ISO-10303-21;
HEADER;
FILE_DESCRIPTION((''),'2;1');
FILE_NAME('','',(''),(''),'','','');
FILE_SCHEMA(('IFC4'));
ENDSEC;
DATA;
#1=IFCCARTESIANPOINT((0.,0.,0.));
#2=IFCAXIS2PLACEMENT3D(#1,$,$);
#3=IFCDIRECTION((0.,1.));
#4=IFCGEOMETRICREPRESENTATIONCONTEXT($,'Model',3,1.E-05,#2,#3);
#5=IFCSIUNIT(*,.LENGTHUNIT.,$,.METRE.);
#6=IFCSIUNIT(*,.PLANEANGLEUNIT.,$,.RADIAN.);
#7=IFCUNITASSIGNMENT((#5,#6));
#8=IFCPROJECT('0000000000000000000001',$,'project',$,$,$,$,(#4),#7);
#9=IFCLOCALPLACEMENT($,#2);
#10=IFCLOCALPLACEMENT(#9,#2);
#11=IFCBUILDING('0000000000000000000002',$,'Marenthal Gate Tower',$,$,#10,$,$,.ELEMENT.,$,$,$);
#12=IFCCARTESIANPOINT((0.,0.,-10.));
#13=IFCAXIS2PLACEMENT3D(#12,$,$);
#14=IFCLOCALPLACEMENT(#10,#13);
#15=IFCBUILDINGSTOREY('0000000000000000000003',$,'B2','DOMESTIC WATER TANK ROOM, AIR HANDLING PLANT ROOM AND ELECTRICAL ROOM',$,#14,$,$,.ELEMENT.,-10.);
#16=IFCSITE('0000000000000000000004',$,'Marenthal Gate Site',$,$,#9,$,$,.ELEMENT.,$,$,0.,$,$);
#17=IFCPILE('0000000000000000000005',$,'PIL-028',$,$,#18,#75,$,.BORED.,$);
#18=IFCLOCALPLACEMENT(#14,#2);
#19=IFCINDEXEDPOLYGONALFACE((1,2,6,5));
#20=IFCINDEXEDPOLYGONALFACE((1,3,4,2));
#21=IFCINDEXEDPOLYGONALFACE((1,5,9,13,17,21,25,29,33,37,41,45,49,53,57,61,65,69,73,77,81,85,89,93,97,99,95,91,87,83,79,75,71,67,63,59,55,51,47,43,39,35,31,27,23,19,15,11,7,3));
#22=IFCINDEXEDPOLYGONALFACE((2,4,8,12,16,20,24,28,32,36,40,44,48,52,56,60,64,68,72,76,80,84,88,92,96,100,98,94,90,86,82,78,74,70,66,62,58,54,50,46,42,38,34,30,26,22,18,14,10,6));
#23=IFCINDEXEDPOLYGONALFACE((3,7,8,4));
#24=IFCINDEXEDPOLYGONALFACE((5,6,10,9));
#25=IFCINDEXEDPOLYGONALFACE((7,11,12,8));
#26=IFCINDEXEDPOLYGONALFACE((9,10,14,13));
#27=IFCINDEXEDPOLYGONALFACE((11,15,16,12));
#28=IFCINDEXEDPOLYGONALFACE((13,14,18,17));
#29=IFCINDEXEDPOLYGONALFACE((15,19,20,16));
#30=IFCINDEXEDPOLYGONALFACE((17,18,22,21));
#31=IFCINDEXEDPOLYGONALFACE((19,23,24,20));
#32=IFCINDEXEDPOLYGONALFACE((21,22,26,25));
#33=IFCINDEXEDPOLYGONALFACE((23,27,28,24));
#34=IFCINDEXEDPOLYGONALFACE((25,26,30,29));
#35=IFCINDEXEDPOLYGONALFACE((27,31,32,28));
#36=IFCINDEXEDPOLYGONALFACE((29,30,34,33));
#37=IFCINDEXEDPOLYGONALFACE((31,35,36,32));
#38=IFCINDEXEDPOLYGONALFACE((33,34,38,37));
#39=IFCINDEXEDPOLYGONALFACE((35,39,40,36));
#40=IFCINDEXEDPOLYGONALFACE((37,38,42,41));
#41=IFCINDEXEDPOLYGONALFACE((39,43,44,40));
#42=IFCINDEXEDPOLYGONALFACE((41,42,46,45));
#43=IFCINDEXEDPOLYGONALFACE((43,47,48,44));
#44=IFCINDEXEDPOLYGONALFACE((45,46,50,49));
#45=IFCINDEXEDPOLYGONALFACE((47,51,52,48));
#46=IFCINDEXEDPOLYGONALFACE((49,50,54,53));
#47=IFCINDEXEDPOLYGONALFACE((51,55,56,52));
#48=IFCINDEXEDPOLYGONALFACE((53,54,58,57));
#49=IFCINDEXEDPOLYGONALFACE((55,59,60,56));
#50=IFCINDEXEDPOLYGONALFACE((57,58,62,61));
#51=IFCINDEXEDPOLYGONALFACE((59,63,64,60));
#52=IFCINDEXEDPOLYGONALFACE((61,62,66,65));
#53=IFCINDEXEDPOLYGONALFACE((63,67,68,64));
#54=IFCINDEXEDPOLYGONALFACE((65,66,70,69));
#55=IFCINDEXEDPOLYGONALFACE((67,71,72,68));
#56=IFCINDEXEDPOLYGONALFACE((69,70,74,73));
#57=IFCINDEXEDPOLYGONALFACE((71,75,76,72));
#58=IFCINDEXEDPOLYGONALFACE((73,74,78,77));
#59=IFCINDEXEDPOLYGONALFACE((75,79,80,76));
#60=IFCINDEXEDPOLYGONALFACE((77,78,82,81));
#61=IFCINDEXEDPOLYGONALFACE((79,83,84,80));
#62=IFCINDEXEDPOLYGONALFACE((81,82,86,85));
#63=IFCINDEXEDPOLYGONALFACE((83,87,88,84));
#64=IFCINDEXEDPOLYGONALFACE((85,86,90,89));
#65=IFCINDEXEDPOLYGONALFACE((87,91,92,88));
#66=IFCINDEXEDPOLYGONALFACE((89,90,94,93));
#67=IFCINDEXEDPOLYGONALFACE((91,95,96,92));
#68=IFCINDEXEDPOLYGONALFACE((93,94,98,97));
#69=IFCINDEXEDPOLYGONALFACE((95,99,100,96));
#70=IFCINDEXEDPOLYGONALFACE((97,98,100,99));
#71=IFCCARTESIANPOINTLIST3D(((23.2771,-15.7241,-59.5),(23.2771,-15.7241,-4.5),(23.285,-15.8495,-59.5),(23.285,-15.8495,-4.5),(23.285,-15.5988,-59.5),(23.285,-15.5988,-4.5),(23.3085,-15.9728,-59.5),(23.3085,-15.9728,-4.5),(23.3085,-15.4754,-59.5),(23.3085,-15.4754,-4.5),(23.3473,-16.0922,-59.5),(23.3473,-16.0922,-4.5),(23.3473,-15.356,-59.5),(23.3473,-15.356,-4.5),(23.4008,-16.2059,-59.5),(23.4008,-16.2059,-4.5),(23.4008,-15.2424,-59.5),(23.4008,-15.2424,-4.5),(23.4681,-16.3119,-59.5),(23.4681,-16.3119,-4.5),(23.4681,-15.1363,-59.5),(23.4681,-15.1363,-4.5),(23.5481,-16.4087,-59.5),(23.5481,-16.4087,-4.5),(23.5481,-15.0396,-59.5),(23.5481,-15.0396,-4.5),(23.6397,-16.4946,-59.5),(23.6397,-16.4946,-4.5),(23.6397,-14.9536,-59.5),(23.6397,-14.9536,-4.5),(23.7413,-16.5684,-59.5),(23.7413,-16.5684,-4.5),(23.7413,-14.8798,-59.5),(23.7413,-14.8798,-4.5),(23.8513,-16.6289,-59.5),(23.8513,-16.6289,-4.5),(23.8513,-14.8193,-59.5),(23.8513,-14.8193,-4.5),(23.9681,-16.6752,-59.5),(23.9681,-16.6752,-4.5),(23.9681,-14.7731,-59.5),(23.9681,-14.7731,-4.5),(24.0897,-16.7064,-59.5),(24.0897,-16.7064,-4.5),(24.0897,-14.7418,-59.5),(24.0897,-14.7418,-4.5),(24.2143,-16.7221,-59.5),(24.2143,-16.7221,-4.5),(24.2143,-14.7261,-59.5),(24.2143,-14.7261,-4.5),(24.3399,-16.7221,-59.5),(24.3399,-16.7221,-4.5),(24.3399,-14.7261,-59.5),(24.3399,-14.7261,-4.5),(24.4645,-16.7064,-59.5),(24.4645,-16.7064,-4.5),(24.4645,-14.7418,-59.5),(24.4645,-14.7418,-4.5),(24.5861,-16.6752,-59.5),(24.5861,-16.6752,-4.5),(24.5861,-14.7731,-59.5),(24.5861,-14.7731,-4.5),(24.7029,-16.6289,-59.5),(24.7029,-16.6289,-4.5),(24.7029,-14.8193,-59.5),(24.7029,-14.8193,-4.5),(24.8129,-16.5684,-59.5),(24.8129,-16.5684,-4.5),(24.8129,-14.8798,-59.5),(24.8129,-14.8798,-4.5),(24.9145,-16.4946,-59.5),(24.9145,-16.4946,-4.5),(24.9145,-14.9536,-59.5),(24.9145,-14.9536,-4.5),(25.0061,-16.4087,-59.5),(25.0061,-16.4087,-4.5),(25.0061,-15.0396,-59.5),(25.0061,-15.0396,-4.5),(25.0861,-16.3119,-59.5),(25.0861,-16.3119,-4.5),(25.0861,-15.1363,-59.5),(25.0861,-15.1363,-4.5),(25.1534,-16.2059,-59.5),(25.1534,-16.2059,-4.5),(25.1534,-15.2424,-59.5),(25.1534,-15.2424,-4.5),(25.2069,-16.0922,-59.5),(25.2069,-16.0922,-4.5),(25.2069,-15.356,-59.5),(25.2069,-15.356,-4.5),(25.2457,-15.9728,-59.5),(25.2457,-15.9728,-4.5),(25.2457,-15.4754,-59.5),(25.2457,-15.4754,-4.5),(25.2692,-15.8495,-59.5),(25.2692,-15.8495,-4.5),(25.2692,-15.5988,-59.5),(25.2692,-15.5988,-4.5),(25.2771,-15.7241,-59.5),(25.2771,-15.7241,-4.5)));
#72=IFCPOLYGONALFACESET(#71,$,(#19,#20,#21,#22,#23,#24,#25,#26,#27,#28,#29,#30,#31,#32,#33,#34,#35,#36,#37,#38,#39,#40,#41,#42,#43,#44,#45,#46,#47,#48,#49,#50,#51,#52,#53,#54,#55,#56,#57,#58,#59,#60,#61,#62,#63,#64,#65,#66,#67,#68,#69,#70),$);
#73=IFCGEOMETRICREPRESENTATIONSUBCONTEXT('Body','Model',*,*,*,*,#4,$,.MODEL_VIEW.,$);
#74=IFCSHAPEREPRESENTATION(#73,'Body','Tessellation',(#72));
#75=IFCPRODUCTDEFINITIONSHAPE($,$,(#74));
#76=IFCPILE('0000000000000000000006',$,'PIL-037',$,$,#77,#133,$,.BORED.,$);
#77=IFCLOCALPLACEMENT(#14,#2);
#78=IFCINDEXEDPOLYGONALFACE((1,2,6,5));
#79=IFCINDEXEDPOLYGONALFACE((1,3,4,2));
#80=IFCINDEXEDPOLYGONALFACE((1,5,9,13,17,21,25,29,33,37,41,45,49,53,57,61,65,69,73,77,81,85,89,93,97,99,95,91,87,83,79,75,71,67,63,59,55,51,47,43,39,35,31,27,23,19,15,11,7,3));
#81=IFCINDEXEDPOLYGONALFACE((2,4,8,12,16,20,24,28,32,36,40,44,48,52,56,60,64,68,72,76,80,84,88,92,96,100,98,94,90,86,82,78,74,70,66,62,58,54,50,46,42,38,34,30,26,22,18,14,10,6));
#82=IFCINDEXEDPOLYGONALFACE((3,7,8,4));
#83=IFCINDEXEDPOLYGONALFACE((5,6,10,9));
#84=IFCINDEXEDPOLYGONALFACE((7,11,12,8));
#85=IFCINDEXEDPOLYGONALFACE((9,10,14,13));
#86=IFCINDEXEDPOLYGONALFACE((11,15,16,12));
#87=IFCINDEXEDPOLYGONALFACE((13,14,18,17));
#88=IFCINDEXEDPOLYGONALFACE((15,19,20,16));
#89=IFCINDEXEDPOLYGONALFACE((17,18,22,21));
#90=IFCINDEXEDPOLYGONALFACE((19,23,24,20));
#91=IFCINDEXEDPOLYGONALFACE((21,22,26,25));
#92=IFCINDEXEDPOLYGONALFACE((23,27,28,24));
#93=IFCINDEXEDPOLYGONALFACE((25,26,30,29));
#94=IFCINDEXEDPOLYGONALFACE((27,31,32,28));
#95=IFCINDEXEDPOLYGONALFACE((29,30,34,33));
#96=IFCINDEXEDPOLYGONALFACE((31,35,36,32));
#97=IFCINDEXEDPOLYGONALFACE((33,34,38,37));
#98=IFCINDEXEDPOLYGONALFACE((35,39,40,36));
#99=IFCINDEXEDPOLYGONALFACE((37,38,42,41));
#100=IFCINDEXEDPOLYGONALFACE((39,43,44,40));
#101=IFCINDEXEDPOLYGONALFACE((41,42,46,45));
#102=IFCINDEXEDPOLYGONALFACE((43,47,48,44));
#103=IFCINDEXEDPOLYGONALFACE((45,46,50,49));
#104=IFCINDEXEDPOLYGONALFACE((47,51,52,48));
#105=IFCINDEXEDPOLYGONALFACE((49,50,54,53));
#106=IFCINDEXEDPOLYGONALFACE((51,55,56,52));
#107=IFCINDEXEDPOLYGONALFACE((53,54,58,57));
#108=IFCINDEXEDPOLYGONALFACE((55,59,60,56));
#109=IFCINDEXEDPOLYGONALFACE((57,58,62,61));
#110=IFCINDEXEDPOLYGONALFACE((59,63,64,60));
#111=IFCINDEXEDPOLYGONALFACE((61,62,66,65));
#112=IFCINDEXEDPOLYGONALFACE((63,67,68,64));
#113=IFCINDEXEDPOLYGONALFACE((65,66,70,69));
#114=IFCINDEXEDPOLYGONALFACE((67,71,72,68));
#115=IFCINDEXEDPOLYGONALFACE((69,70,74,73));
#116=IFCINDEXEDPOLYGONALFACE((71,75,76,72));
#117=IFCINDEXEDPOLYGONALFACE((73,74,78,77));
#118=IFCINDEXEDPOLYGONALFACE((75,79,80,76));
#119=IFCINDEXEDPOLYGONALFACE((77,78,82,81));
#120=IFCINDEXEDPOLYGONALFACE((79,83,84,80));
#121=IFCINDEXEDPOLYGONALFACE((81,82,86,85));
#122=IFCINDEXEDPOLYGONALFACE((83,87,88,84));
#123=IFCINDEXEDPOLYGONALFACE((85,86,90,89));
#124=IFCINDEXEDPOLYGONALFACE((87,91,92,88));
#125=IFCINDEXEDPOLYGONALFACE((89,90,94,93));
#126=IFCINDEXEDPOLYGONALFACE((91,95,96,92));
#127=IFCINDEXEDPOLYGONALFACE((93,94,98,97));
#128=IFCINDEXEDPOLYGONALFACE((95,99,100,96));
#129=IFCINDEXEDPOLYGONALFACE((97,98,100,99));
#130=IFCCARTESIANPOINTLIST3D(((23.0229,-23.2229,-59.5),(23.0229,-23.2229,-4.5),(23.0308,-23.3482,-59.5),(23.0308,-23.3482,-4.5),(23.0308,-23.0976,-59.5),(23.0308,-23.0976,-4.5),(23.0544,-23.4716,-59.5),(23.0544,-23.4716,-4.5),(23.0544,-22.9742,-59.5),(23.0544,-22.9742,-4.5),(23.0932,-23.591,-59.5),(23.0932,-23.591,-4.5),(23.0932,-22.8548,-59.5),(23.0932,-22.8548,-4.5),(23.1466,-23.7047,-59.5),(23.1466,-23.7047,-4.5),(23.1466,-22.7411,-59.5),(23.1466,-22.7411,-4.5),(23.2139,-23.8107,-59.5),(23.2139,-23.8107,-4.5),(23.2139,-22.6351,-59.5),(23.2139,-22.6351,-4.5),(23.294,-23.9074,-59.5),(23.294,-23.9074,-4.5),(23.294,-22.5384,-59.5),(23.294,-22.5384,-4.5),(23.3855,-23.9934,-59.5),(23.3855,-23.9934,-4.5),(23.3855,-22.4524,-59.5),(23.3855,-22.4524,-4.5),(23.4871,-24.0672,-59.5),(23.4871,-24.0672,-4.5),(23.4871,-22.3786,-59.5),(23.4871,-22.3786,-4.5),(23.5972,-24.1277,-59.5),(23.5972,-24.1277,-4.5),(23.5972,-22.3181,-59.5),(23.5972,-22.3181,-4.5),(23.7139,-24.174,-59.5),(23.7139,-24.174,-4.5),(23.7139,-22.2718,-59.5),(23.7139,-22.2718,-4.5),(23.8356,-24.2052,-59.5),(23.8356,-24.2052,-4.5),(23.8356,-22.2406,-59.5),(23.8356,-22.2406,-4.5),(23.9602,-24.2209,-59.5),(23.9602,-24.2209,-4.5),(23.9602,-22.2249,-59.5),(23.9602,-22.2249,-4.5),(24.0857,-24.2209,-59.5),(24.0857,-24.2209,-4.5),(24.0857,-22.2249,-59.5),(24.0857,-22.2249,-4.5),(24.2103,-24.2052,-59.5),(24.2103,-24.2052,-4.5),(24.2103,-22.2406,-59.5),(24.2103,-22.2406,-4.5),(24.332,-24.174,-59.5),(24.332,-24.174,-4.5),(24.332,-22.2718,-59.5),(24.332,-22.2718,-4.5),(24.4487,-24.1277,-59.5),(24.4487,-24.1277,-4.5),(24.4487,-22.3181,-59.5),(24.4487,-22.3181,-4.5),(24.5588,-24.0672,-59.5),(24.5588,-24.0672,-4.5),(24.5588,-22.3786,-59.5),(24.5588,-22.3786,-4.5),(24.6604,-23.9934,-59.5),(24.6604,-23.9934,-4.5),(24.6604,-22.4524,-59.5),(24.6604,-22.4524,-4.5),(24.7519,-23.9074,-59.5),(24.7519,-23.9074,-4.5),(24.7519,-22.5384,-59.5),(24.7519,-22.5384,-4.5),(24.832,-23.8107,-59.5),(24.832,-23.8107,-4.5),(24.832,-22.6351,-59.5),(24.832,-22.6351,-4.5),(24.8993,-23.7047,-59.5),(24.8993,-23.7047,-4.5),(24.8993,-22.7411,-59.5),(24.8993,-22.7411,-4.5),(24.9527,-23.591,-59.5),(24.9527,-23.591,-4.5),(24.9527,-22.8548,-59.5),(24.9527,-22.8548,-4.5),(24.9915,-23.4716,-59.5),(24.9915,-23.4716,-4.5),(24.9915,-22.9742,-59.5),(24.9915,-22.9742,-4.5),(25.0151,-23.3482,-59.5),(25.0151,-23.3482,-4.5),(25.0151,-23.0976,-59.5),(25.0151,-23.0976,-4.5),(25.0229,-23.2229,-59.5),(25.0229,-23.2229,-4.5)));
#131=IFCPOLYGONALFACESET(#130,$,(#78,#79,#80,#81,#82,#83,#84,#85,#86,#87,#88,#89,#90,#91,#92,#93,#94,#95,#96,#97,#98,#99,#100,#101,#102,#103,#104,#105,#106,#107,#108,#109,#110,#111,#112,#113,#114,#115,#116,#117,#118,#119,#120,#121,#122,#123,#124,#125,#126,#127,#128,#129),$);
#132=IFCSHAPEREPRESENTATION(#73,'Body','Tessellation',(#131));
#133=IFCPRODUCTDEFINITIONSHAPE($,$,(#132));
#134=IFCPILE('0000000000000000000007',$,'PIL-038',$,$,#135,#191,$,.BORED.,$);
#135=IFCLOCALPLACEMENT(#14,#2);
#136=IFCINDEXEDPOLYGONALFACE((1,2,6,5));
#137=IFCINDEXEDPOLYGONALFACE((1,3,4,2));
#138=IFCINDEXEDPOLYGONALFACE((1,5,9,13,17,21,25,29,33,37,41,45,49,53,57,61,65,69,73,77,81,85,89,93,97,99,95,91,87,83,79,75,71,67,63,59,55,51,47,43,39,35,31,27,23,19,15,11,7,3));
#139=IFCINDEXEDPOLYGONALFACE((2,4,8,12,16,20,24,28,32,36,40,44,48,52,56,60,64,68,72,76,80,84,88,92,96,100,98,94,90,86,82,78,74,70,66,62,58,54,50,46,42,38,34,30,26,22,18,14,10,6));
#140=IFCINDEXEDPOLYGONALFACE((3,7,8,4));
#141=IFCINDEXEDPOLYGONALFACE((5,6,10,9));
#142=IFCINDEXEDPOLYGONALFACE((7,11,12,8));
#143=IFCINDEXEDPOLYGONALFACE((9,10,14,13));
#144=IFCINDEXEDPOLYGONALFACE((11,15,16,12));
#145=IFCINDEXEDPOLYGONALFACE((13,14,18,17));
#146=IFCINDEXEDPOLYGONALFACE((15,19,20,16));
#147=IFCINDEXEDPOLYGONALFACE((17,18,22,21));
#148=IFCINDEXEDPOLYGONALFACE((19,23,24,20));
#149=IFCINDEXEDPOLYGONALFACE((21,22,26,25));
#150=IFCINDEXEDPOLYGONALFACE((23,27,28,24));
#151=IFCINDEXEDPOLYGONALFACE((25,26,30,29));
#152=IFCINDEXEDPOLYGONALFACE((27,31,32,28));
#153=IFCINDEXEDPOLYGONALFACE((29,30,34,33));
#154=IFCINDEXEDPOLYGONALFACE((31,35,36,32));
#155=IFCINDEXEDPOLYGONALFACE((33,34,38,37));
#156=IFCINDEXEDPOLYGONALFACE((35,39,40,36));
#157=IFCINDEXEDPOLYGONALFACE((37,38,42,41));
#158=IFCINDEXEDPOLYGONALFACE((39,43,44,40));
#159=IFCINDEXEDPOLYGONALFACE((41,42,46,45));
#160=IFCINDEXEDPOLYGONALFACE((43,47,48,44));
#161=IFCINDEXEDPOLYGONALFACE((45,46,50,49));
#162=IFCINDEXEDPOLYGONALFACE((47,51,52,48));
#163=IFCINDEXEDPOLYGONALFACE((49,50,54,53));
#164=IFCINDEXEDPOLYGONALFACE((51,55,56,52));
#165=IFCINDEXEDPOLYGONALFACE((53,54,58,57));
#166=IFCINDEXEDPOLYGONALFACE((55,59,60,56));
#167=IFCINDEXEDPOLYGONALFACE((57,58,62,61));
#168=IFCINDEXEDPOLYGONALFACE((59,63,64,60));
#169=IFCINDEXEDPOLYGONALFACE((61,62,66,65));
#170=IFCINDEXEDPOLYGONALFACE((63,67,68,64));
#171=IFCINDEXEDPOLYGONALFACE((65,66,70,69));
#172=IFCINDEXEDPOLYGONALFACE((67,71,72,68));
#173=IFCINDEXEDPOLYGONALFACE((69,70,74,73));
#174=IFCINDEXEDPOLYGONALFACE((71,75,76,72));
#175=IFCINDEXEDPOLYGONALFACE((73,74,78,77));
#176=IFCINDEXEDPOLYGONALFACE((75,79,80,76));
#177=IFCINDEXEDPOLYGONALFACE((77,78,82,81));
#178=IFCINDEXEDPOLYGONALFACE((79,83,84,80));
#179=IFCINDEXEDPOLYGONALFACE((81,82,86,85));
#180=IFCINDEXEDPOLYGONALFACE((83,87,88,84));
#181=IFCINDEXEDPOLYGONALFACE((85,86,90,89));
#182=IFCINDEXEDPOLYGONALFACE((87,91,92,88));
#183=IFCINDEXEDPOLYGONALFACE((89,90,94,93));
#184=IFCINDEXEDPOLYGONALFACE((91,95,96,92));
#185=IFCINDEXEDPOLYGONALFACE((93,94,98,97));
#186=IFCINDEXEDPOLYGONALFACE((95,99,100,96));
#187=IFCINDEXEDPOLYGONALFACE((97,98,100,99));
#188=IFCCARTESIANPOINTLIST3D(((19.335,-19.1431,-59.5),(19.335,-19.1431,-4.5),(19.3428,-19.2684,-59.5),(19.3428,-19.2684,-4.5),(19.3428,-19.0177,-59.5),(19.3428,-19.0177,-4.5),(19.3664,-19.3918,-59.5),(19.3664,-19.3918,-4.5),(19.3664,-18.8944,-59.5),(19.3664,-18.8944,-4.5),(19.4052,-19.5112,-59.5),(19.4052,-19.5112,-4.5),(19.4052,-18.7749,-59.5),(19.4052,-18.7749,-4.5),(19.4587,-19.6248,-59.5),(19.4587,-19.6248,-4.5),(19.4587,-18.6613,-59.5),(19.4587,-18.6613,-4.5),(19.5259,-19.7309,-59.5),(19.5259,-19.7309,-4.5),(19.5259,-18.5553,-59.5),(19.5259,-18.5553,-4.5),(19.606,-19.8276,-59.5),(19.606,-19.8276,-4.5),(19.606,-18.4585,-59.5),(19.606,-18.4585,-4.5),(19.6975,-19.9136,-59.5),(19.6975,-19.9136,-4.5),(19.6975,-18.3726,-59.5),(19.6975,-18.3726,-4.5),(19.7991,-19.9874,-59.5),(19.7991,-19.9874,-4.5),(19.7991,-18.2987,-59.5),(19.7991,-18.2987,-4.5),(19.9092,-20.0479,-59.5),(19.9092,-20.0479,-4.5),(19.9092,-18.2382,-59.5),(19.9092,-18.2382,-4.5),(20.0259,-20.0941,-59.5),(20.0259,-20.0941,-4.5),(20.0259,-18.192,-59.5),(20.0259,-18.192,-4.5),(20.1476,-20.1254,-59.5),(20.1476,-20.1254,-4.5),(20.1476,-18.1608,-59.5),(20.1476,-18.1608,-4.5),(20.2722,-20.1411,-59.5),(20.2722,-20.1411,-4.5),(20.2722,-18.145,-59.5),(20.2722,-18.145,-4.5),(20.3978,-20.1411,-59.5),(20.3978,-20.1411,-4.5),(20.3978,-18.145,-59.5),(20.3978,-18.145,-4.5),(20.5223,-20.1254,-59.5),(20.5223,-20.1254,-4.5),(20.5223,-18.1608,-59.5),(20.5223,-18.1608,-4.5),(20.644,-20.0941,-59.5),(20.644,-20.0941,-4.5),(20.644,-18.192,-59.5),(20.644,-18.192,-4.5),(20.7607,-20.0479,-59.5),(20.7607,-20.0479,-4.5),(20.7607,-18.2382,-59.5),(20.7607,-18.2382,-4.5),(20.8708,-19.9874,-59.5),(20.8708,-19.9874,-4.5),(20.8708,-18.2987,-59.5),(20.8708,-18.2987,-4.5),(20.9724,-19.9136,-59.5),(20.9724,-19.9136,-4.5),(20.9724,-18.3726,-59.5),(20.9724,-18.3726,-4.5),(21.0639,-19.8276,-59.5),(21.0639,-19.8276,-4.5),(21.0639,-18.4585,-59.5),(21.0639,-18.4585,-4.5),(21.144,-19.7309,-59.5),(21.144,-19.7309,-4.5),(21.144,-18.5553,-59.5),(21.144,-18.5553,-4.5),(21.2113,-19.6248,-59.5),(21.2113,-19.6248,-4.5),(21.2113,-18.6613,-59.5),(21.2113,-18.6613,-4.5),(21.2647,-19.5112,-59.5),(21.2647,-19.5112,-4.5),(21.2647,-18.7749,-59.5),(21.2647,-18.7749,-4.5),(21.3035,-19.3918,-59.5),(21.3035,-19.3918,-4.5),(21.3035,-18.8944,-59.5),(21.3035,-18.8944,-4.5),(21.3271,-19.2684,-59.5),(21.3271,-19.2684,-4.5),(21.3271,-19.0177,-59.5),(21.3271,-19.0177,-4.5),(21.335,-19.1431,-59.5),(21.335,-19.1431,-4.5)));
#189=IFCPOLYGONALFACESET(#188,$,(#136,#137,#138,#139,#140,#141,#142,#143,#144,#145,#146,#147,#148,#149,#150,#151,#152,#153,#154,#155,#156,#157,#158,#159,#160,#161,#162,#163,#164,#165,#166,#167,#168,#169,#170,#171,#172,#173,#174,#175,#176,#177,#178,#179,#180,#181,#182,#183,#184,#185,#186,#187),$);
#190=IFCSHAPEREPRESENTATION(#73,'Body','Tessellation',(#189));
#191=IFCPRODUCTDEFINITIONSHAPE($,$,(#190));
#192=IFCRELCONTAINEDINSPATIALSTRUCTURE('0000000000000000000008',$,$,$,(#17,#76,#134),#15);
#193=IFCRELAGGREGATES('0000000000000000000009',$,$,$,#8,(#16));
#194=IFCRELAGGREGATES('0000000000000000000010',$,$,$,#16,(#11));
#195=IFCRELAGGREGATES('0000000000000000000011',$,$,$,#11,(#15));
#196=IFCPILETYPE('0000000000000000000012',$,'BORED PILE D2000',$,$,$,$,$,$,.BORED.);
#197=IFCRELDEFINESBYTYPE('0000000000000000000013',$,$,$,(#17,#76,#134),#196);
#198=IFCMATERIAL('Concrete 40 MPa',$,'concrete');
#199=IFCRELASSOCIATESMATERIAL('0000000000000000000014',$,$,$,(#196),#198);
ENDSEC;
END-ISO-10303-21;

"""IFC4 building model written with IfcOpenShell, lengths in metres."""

from ifc_helpers import new_model, si_unit, direction, frame, origin, origin_2d, place, context, subcontext, project, spatial, circle, extrude, material, type_object, element, save


model = new_model("IFC4")

# Units and contexts
model_context = context("Model", 3, precision=1e-05, world=origin(), true_north=direction((0.0, 1.0)))
body_context = subcontext(model_context, "Body", "Model", "MODEL_VIEW")
ifc_project = project(units=[si_unit("LENGTHUNIT", "METRE"), si_unit("PLANEANGLEUNIT", "RADIAN")], contexts=[model_context])

# Site, building, storey
site_placement = place(None, origin())
site = spatial("IfcSite", under=ifc_project, at=site_placement, Name="Marenthal Gate Site", CompositionType="ELEMENT", RefElevation=0.0)
building_placement = place(site_placement, origin())
building = spatial("IfcBuilding", under=site, at=building_placement, Name="Marenthal Gate Tower", CompositionType="ELEMENT")
storey_placement = place(building_placement, frame((0.0, 0.0, -10.0)))
storey = spatial("IfcBuildingStorey", under=building, at=storey_placement, Name="B2", Description="DOMESTIC WATER TANK ROOM, AIR HANDLING PLANT ROOM AND ELECTRICAL ROOM", CompositionType="ELEMENT", Elevation=-10.0)

# Piles
ifc_material_1 = material(Name="Concrete 40 MPa", Category="concrete")
pile_type = type_object("IfcPileType", Name="BORED PILE D2000", PredefinedType="BORED", material=ifc_material_1)
for number, where, z_axis, x_axis, name in (
    (1, (24.2771, -15.7241, -4.5), (0.0, 0.0, -1.0), (1.0, 0.0, 0.0), "PIL-028"),
    (2, (24.0229, -23.2229, -4.5), (0.0, 0.0, -1.0), (1.0, 0.0, 0.0), "PIL-037"),
    (3, (20.335, -19.1431, -4.5), (0.0, 0.0, -1.0), (1.0, 0.0, 0.0), "PIL-038"),
):
    element("IfcPile", number, at=place(storey_placement, frame(where, z_axis=z_axis, x_axis=x_axis)), inside=storey, type_object=pile_type, Name=name, PredefinedType="BORED", context=body_context, shape_type="SweptSolid", body=[
        extrude(circle(Radius=1.0, at=origin_2d()), origin(), (0.0, 0.0, 1.0), 55.0),
    ])

save(model, "model.ifc")
